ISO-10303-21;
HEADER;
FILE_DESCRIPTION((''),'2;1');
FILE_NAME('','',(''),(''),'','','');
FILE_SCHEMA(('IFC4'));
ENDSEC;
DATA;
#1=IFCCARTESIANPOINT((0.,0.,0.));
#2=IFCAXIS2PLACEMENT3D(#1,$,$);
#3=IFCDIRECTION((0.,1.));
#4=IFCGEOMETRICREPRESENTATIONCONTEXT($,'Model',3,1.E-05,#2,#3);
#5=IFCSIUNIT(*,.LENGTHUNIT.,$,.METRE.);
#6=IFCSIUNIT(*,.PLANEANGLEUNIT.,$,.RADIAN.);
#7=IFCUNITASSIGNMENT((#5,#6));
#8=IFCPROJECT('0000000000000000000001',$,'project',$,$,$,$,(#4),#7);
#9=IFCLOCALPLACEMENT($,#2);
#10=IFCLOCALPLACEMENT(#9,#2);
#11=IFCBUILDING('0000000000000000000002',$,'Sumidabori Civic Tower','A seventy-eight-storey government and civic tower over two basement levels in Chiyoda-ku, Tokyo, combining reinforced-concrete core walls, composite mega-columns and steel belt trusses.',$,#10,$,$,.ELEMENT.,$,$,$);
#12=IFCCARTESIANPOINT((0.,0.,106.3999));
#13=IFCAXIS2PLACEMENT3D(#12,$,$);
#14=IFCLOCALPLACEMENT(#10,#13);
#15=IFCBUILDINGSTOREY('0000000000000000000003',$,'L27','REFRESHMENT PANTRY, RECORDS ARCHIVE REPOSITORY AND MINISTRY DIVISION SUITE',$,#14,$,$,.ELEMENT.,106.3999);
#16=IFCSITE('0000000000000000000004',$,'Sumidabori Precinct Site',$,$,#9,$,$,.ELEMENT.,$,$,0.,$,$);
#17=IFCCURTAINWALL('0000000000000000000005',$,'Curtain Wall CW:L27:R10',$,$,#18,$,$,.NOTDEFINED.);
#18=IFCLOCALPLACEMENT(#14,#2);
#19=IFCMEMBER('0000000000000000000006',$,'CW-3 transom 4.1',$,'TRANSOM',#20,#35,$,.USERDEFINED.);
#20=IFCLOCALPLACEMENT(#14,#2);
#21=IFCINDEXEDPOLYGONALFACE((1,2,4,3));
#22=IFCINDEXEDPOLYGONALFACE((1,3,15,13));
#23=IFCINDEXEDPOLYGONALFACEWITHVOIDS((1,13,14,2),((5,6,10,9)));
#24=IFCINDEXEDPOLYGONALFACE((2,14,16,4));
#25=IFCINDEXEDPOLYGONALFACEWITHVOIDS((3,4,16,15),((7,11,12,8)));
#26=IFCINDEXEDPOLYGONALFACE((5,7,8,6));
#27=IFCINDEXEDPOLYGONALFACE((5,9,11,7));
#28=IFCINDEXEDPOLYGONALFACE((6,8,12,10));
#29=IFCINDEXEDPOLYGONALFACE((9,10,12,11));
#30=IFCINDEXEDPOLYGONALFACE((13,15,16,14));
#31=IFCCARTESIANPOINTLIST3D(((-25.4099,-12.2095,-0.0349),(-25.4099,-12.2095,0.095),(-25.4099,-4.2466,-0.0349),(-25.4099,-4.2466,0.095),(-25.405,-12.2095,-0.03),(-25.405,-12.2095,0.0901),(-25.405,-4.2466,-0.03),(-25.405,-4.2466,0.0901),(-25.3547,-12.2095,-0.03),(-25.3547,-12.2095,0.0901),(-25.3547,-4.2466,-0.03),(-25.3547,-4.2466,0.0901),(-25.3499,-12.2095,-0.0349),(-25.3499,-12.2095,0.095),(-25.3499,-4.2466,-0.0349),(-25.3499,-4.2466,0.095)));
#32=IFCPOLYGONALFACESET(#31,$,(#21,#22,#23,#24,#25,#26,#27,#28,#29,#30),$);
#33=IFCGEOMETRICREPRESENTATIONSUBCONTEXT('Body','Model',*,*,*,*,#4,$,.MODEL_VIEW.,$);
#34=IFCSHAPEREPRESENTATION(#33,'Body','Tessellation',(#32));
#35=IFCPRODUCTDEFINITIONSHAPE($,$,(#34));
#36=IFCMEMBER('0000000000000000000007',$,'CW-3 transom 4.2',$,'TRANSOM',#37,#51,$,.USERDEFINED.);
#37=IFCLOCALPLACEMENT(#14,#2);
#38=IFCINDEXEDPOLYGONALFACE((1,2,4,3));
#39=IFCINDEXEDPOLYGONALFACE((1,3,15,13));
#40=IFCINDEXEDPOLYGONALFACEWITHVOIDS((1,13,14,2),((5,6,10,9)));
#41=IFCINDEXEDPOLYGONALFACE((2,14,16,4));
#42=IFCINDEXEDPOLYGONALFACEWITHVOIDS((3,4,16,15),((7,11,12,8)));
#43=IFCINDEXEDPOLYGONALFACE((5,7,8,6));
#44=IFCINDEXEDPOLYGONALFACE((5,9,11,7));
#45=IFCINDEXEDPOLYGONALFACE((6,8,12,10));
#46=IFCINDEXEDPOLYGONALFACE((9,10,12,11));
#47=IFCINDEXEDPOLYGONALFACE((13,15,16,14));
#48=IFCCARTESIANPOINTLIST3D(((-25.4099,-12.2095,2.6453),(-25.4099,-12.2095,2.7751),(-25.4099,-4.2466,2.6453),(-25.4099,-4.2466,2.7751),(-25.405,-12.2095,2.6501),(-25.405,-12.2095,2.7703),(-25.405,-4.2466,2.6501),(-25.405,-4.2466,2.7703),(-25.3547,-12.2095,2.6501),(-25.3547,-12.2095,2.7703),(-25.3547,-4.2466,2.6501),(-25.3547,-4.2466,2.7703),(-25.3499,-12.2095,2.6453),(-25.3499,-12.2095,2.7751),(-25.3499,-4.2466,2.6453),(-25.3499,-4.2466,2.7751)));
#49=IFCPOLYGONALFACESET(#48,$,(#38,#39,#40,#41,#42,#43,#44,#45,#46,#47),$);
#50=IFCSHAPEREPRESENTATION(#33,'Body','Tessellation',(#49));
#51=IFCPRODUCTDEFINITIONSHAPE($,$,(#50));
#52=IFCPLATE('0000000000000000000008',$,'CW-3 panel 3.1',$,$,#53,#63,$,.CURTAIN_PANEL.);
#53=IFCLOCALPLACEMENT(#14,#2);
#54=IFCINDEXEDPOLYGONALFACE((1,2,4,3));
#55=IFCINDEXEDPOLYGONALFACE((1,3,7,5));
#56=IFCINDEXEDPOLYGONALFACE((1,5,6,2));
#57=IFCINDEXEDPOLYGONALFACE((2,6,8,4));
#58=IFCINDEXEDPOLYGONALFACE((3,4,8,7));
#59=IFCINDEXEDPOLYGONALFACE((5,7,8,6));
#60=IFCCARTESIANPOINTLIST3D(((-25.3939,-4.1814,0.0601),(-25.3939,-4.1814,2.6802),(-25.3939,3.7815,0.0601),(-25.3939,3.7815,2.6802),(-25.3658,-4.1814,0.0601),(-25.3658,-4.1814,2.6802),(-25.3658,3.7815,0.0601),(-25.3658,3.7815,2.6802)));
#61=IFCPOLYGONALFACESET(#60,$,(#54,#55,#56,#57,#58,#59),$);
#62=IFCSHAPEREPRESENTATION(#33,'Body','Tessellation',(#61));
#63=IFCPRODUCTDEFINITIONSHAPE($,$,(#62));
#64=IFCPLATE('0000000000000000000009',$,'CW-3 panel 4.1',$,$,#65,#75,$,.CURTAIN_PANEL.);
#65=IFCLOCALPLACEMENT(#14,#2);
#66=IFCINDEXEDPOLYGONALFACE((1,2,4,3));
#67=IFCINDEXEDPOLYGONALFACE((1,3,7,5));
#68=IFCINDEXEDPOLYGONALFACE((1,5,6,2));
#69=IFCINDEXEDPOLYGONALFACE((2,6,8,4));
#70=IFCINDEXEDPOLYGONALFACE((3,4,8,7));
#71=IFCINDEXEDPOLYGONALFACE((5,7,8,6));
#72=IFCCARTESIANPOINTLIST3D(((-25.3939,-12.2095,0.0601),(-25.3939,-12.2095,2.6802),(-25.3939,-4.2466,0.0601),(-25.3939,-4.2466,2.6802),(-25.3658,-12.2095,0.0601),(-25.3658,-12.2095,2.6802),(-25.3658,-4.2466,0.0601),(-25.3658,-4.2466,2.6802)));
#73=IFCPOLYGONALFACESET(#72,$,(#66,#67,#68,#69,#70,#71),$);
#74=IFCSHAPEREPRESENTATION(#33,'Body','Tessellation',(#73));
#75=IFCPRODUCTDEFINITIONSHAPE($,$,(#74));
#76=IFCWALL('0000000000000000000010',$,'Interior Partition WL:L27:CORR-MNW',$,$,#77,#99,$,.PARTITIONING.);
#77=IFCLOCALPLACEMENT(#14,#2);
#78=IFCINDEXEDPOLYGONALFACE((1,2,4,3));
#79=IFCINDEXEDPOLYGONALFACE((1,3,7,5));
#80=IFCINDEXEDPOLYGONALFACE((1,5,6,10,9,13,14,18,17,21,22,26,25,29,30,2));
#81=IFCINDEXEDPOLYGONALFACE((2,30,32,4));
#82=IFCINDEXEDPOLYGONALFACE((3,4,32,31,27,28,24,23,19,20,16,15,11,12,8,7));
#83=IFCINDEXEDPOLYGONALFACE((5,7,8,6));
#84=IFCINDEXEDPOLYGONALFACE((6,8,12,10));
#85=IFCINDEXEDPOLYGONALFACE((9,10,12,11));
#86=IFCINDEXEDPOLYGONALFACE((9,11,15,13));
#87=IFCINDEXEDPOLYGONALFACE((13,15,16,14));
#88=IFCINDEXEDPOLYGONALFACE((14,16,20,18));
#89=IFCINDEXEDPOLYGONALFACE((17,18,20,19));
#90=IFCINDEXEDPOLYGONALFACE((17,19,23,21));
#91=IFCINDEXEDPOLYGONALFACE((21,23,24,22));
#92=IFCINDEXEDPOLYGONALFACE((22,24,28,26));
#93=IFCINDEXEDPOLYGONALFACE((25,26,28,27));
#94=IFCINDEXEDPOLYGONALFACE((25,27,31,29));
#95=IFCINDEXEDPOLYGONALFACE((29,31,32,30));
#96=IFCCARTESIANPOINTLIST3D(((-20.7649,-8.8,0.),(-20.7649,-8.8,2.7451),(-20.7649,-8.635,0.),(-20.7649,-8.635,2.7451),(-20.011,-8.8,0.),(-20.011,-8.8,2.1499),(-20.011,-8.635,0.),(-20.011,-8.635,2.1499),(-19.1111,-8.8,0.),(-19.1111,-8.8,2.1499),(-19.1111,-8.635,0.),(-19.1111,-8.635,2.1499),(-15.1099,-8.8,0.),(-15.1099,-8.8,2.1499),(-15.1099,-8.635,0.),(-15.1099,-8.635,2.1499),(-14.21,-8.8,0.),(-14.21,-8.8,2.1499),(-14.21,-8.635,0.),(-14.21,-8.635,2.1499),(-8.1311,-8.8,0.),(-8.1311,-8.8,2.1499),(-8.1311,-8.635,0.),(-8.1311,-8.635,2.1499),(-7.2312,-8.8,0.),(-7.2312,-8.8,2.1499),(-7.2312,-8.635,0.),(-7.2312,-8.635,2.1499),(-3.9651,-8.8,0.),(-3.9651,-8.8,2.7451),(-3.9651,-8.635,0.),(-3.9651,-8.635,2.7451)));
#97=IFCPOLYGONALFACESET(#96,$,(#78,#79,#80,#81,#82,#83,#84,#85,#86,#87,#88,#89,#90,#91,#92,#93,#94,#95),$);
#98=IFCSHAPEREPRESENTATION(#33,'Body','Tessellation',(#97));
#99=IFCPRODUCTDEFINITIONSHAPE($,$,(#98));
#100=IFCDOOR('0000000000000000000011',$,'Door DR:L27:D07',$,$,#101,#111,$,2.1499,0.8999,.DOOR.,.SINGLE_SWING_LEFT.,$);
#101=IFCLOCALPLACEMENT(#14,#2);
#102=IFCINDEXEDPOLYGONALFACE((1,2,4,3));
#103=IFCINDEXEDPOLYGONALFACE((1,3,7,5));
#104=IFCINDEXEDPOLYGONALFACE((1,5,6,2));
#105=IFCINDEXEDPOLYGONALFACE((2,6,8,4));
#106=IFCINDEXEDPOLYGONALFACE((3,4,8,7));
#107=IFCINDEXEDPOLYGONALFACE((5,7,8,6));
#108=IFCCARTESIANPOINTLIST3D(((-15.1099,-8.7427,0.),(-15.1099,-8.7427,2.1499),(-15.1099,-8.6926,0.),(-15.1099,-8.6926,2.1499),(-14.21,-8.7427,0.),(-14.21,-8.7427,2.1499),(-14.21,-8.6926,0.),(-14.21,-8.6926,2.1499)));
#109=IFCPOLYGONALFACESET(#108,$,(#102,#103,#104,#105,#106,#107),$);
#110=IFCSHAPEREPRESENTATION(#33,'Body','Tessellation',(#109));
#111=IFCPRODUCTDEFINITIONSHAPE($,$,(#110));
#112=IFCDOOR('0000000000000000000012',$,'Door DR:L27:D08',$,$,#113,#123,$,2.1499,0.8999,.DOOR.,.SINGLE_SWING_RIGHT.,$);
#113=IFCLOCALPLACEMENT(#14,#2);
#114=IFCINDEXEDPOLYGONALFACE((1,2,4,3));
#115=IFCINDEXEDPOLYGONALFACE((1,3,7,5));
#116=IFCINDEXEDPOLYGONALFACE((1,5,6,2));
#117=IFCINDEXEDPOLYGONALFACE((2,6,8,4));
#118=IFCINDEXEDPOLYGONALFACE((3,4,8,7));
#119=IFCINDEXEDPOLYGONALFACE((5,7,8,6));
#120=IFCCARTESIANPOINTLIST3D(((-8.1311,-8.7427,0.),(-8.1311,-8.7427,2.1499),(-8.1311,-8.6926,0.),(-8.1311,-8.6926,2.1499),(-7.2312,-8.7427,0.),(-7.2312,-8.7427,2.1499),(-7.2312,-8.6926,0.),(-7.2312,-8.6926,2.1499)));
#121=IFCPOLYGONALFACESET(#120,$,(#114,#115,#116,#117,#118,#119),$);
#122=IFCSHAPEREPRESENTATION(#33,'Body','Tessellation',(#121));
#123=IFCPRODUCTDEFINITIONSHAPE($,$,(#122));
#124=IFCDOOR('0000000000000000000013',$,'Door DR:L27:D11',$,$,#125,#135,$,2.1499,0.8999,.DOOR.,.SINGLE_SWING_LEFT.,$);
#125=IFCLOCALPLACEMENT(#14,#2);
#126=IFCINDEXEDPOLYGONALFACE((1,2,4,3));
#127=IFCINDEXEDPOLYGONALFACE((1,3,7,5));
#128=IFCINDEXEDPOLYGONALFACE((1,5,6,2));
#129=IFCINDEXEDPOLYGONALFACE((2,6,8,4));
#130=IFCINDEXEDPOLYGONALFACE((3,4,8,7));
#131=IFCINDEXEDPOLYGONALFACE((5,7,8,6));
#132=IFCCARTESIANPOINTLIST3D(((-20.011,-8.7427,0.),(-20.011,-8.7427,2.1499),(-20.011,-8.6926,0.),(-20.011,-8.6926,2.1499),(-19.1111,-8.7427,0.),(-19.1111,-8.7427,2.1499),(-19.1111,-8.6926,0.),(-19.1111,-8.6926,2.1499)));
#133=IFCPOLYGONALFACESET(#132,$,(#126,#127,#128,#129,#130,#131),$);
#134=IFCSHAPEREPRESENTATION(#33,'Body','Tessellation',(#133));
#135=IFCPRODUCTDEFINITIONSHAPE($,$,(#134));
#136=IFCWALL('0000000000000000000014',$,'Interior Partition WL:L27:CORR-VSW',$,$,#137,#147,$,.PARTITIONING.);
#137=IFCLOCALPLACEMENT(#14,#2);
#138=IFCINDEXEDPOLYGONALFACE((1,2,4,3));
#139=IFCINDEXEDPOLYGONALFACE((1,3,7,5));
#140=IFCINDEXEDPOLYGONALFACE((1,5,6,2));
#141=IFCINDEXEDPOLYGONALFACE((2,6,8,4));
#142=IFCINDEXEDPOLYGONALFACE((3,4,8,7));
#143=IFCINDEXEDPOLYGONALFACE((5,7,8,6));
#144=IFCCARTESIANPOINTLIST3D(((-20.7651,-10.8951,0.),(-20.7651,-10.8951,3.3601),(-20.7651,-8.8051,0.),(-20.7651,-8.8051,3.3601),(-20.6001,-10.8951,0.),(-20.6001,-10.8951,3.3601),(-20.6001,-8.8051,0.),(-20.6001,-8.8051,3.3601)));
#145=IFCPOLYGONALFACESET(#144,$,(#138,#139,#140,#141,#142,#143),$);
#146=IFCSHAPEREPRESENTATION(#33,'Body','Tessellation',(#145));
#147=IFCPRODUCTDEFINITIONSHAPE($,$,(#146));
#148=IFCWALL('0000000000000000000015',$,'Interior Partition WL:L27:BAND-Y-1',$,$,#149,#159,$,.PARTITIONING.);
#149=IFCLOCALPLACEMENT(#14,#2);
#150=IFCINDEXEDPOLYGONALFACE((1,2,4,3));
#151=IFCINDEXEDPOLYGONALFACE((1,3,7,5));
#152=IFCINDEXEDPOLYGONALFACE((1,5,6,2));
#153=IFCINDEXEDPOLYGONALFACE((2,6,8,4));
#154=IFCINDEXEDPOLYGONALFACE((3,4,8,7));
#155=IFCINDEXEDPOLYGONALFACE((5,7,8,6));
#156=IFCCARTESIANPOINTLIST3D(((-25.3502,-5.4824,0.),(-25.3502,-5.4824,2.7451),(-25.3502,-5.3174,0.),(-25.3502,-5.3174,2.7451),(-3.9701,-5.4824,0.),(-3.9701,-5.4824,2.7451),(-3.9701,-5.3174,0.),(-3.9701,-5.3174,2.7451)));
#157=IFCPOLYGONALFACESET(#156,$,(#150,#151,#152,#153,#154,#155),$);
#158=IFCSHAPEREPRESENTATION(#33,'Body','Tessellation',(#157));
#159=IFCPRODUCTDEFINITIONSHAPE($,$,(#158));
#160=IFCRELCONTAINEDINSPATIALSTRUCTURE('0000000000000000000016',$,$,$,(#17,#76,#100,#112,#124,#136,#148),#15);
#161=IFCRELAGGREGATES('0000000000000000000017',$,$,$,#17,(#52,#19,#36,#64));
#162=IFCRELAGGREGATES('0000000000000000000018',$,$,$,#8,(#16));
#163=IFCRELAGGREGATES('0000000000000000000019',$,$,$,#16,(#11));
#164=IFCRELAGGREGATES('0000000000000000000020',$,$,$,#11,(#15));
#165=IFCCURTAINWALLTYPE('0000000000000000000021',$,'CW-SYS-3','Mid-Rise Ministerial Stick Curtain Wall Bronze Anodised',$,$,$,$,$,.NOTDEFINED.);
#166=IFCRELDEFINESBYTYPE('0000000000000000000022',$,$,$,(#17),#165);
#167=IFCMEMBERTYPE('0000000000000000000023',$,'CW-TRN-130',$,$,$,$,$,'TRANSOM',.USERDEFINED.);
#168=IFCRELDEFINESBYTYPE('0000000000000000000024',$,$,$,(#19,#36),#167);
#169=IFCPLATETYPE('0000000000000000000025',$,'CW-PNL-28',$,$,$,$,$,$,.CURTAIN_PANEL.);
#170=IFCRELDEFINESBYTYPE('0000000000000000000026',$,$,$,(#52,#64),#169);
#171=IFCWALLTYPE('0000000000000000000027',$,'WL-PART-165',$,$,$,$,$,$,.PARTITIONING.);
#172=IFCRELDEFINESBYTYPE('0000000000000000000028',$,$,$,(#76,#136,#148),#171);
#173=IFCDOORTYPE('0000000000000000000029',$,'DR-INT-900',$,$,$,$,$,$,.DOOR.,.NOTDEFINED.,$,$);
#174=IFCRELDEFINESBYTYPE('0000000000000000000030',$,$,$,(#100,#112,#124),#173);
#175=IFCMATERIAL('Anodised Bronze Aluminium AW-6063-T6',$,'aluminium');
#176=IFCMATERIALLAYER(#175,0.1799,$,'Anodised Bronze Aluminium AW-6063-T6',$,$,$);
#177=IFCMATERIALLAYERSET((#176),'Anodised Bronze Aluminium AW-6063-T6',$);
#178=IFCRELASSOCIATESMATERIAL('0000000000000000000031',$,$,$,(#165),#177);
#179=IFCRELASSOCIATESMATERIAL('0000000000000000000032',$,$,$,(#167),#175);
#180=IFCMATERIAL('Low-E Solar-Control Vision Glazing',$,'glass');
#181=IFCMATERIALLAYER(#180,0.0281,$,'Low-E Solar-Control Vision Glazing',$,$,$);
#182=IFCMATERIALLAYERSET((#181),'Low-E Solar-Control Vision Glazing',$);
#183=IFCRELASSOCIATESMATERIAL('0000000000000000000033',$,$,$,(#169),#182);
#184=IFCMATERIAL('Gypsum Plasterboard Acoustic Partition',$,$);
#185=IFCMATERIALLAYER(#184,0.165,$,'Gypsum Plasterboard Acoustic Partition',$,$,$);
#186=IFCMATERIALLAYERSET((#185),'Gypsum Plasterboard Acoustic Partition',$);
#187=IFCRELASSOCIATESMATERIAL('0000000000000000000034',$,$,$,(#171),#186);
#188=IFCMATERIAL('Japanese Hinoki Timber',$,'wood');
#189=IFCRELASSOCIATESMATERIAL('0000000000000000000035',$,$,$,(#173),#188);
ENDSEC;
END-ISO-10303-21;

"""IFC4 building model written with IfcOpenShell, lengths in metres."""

from ifc_helpers import new_model, si_unit, direction, frame, frame_2d, origin, origin_2d, place, context, subcontext, project, spatial, rectangle, hollow_rectangle, extrude, source, transform, mapped, material, layer, layer_set, material_profile, profile_set, type_object, element, fill, aggregate, save


model = new_model("IFC4")

# Units and contexts
model_context = context("Model", 3, precision=1e-05, world=origin(), true_north=direction((0.0, 1.0)))
body_context = subcontext(model_context, "Body", "Model", "MODEL_VIEW")
ifc_project = project(units=[si_unit("LENGTHUNIT", "METRE"), si_unit("PLANEANGLEUNIT", "RADIAN")], contexts=[model_context])

# Site, building, storey
site_placement = place(None, origin())
site = spatial("IfcSite", under=ifc_project, at=site_placement, Name="Sumidabori Precinct Site", CompositionType="ELEMENT", RefElevation=0.0)
building_placement = place(site_placement, origin())
building = spatial("IfcBuilding", under=site, at=building_placement, Name="Sumidabori Civic Tower", Description="A seventy-eight-storey government and civic tower over two basement levels in Chiyoda-ku, Tokyo, combining reinforced-concrete core walls, composite mega-columns and steel belt trusses.", CompositionType="ELEMENT")
storey_placement = place(building_placement, frame((0.0, 0.0, 106.3999)))
storey = spatial("IfcBuildingStorey", under=building, at=storey_placement, Name="L27", Description="REFRESHMENT PANTRY, RECORDS ARCHIVE REPOSITORY AND MINISTRY DIVISION SUITE", CompositionType="ELEMENT", Elevation=106.3999)

# Curtain wall, members, plates
ifc_material_1 = material(Name="Anodised Bronze Aluminium AW-6063-T6", Category="aluminium")
ifc_layer_1 = layer(ifc_material_1, 0.1799, Name="Anodised Bronze Aluminium AW-6063-T6")
ifc_layer_set_1 = layer_set([ifc_layer_1], Name="Anodised Bronze Aluminium AW-6063-T6")
curtain_wall_type = type_object("IfcCurtainWallType", Name="CW-SYS-3", Description="Mid-Rise Ministerial Stick Curtain Wall Bronze Anodised", PredefinedType="NOTDEFINED", material=ifc_layer_set_1)
curtain_wall_placement = place(storey_placement, origin())
curtain_wall = element("IfcCurtainWall", 1, at=curtain_wall_placement, inside=storey, type_object=curtain_wall_type, Name="Curtain Wall CW:L27:R10", PredefinedType="NOTDEFINED")
ifc_material_profile_1 = material_profile(ifc_material_1, hollow_rectangle(XDim=0.0601, YDim=0.1299, WallThickness=0.0049, at=origin_2d()), Name="ALU TRANSOM 130x60")
ifc_profile_set_1 = profile_set([ifc_material_profile_1], Name="Anodised Bronze Aluminium AW-6063-T6")
member_type_1 = type_object("IfcMemberType", Name="CW-TRN-130", ElementType="TRANSOM", PredefinedType="USERDEFINED", material=ifc_profile_set_1)
shared_shape_1 = source(origin(), body_context, "Body", "SweptSolid", [
    extrude(hollow_rectangle(XDim=0.0601, YDim=0.1299, WallThickness=0.0049, at=origin_2d()), origin(), (0.0, 0.0, 1.0), 7.9629),
])
member_1_placement = place(storey_placement, frame((-25.3799, -4.2466, 0.03), z_axis=(0.0, -1.0, 0.0), x_axis=(1.0, 0.0, 0.0)))
member_1 = element("IfcMember", 2, at=member_1_placement, type_object=member_type_1, Name="CW-3 transom 4.1", ObjectType="TRANSOM", PredefinedType="USERDEFINED", context=body_context, shape_type="MappedRepresentation", body=[
    mapped(shared_shape_1, transform((0.0, 0.0, 0.0), x_axis=(1.0, 0.0, 0.0), y_axis=(0.0, 1.0, 0.0), z_axis=(0.0, 0.0, 1.0), scale=1.0)),
])
member_2_placement = place(storey_placement, frame((-25.3799, -4.2466, 2.7102), z_axis=(0.0, -1.0, 0.0), x_axis=(1.0, 0.0, 0.0)))
member_2 = element("IfcMember", 3, at=member_2_placement, type_object=member_type_1, Name="CW-3 transom 4.2", ObjectType="TRANSOM", PredefinedType="USERDEFINED", context=body_context, shape_type="MappedRepresentation", body=[
    mapped(shared_shape_1, transform((0.0, 0.0, 0.0), x_axis=(1.0, 0.0, 0.0), y_axis=(0.0, 1.0, 0.0), z_axis=(0.0, 0.0, 1.0), scale=1.0)),
])
ifc_material_2 = material(Name="Low-E Solar-Control Vision Glazing", Category="glass")
ifc_layer_2 = layer(ifc_material_2, 0.0281, Name="Low-E Solar-Control Vision Glazing")
ifc_layer_set_2 = layer_set([ifc_layer_2], Name="Low-E Solar-Control Vision Glazing")
plate_type = type_object("IfcPlateType", Name="CW-PNL-28", PredefinedType="CURTAIN_PANEL", material=ifc_layer_set_2)
shared_shape_2 = source(origin(), body_context, "Body", "SweptSolid", [
    extrude(rectangle(XDim=7.9629, YDim=0.0281, at=origin_2d()), origin(), (0.0, 0.0, 1.0), 2.6201),
])
plate_1_placement = place(storey_placement, frame((-25.3799, -0.2, 0.0601), z_axis=(0.0, 0.0, 1.0), x_axis=(0.0, -1.0, 0.0)))
plate_1 = element("IfcPlate", 4, at=plate_1_placement, type_object=plate_type, Name="CW-3 panel 3.1", PredefinedType="CURTAIN_PANEL", context=body_context, shape_type="MappedRepresentation", body=[
    mapped(shared_shape_2, transform((0.0, 0.0, 0.0), x_axis=(1.0, 0.0, 0.0), y_axis=(0.0, 1.0, 0.0), z_axis=(0.0, 0.0, 1.0), scale=1.0)),
])
plate_2_placement = place(storey_placement, frame((-25.3799, -8.228, 0.0601), z_axis=(0.0, 0.0, 1.0), x_axis=(0.0, -1.0, 0.0)))
plate_2 = element("IfcPlate", 5, at=plate_2_placement, type_object=plate_type, Name="CW-3 panel 4.1", PredefinedType="CURTAIN_PANEL", context=body_context, shape_type="MappedRepresentation", body=[
    mapped(shared_shape_2, transform((0.0, 0.0, 0.0), x_axis=(1.0, 0.0, 0.0), y_axis=(0.0, 1.0, 0.0), z_axis=(0.0, 0.0, 1.0), scale=1.0)),
])
aggregate(curtain_wall, [plate_1, member_1, member_2, plate_2])

# Wall, openings, doors
ifc_material_3 = material(Name="Gypsum Plasterboard Acoustic Partition")
ifc_layer_3 = layer(ifc_material_3, 0.165, Name="Gypsum Plasterboard Acoustic Partition")
ifc_layer_set_3 = layer_set([ifc_layer_3], Name="Gypsum Plasterboard Acoustic Partition")
wall_type = type_object("IfcWallType", Name="WL-PART-165", PredefinedType="PARTITIONING", material=ifc_layer_set_3)
shared_shape_3 = source(origin(), body_context, "Body", "SweptSolid", [
    extrude(rectangle(XDim=16.7998, YDim=0.165, at=frame_2d((8.3999, 0.0))), origin(), (0.0, 0.0, 1.0), 2.7451),
])
wall_1_placement = place(storey_placement, frame((-20.7649, -8.7175, 0.0), z_axis=(0.0, 0.0, 1.0), x_axis=(1.0, 0.0, 0.0)))
wall_1 = element("IfcWall", 6, at=wall_1_placement, inside=storey, type_object=wall_type, Name="Interior Partition WL:L27:CORR-MNW", PredefinedType="PARTITIONING", context=body_context, shape_type="MappedRepresentation", body=[
    mapped(shared_shape_3, transform((0.0, 0.0, 0.0), x_axis=(1.0, 0.0, 0.0), y_axis=(0.0, 1.0, 0.0), z_axis=(0.0, 0.0, 1.0), scale=1.0)),
])
opening_1_placement = place(wall_1_placement, frame((5.655, 0.0, 0.0)))
opening_1 = element("IfcOpeningElement", 7, at=opening_1_placement, cuts=wall_1, PredefinedType="OPENING", context=body_context, shape_type="SweptSolid", body=[
    extrude(rectangle(XDim=0.8999, YDim=2.1499, at=frame_2d((0.45, 1.075))), frame((0.0, 0.0945, 0.0), z_axis=(0.0, -1.0, 0.0), x_axis=(1.0, 0.0, 0.0)), (0.0, 0.0, 1.0), 0.189),
])
opening_2_placement = place(wall_1_placement, frame((12.6338, 0.0, 0.0)))
opening_2 = element("IfcOpeningElement", 8, at=opening_2_placement, cuts=wall_1, PredefinedType="OPENING", context=body_context, shape_type="SweptSolid", body=[
    extrude(rectangle(XDim=0.8999, YDim=2.1499, at=frame_2d((0.45, 1.075))), frame((0.0, 0.0945, 0.0), z_axis=(0.0, -1.0, 0.0), x_axis=(1.0, 0.0, 0.0)), (0.0, 0.0, 1.0), 0.189),
])
opening_3_placement = place(wall_1_placement, frame((0.7539, 0.0, 0.0)))
opening_3 = element("IfcOpeningElement", 9, at=opening_3_placement, cuts=wall_1, PredefinedType="OPENING", context=body_context, shape_type="SweptSolid", body=[
    extrude(rectangle(XDim=0.8999, YDim=2.1499, at=frame_2d((0.45, 1.075))), frame((0.0, 0.0945, 0.0), z_axis=(0.0, -1.0, 0.0), x_axis=(1.0, 0.0, 0.0)), (0.0, 0.0, 1.0), 0.189),
])
ifc_material_4 = material(Name="Japanese Hinoki Timber", Category="wood")
door_type = type_object("IfcDoorType", Name="DR-INT-900", OperationType="NOTDEFINED", PredefinedType="DOOR", material=ifc_material_4)
shared_shape_4 = source(origin(), body_context, "Body", "SweptSolid", [
    extrude(rectangle(XDim=0.8999, YDim=2.1499, at=frame_2d((0.45, 1.075))), frame((0.0, 0.0249, 0.0), z_axis=(0.0, -1.0, 0.0), x_axis=(1.0, 0.0, 0.0)), (0.0, 0.0, 1.0), 0.05),
])
door_1_placement = place(opening_1_placement, origin())
door_1 = element("IfcDoor", 10, at=door_1_placement, inside=storey, type_object=door_type, Name="Door DR:L27:D07", OperationType="SINGLE_SWING_LEFT", OverallHeight=2.1499, OverallWidth=0.8999, PredefinedType="DOOR", context=body_context, shape_type="MappedRepresentation", body=[
    mapped(shared_shape_4, transform((0.0, 0.0, 0.0), x_axis=(1.0, 0.0, 0.0), y_axis=(0.0, 1.0, 0.0), z_axis=(0.0, 0.0, 1.0), scale=1.0)),
])
fill(opening_1, door_1)
door_2_placement = place(opening_2_placement, origin())
door_2 = element("IfcDoor", 11, at=door_2_placement, inside=storey, type_object=door_type, Name="Door DR:L27:D08", OperationType="SINGLE_SWING_RIGHT", OverallHeight=2.1499, OverallWidth=0.8999, PredefinedType="DOOR", context=body_context, shape_type="MappedRepresentation", body=[
    mapped(shared_shape_4, transform((0.0, 0.0, 0.0), x_axis=(1.0, 0.0, 0.0), y_axis=(0.0, 1.0, 0.0), z_axis=(0.0, 0.0, 1.0), scale=1.0)),
])
fill(opening_2, door_2)
door_3_placement = place(opening_3_placement, origin())
door_3 = element("IfcDoor", 12, at=door_3_placement, inside=storey, type_object=door_type, Name="Door DR:L27:D11", OperationType="SINGLE_SWING_LEFT", OverallHeight=2.1499, OverallWidth=0.8999, PredefinedType="DOOR", context=body_context, shape_type="MappedRepresentation", body=[
    mapped(shared_shape_4, transform((0.0, 0.0, 0.0), x_axis=(1.0, 0.0, 0.0), y_axis=(0.0, 1.0, 0.0), z_axis=(0.0, 0.0, 1.0), scale=1.0)),
])
fill(opening_3, door_3)

# Walls
shared_shape_5 = source(origin(), body_context, "Body", "SweptSolid", [
    extrude(rectangle(XDim=2.0901, YDim=0.165, at=frame_2d((1.0449, 0.0))), origin(), (0.0, 0.0, 1.0), 3.3601),
])
wall_2_placement = place(storey_placement, frame((-20.6826, -10.895, 0.0), z_axis=(0.0, 0.0, 1.0), x_axis=(0.0, 1.0, 0.0)))
element("IfcWall", 13, at=wall_2_placement, inside=storey, type_object=wall_type, Name="Interior Partition WL:L27:CORR-VSW", PredefinedType="PARTITIONING", context=body_context, shape_type="MappedRepresentation", body=[
    mapped(shared_shape_5, transform((0.0, 0.0, 0.0), x_axis=(1.0, 0.0, 0.0), y_axis=(0.0, 1.0, 0.0), z_axis=(0.0, 0.0, 1.0), scale=1.0)),
])
shared_shape_6 = source(origin(), body_context, "Body", "SweptSolid", [
    extrude(rectangle(XDim=21.3801, YDim=0.165, at=frame_2d((10.6899, 0.0))), origin(), (0.0, 0.0, 1.0), 2.7451),
])
wall_3_placement = place(storey_placement, frame((-25.3501, -5.3999, 0.0), z_axis=(0.0, 0.0, 1.0), x_axis=(1.0, 0.0, 0.0)))
element("IfcWall", 14, at=wall_3_placement, inside=storey, type_object=wall_type, Name="Interior Partition WL:L27:BAND-Y-1", PredefinedType="PARTITIONING", context=body_context, shape_type="MappedRepresentation", body=[
    mapped(shared_shape_6, transform((0.0, 0.0, 0.0), x_axis=(1.0, 0.0, 0.0), y_axis=(0.0, 1.0, 0.0), z_axis=(0.0, 0.0, 1.0), scale=1.0)),
])

save(model, "model.ifc")
